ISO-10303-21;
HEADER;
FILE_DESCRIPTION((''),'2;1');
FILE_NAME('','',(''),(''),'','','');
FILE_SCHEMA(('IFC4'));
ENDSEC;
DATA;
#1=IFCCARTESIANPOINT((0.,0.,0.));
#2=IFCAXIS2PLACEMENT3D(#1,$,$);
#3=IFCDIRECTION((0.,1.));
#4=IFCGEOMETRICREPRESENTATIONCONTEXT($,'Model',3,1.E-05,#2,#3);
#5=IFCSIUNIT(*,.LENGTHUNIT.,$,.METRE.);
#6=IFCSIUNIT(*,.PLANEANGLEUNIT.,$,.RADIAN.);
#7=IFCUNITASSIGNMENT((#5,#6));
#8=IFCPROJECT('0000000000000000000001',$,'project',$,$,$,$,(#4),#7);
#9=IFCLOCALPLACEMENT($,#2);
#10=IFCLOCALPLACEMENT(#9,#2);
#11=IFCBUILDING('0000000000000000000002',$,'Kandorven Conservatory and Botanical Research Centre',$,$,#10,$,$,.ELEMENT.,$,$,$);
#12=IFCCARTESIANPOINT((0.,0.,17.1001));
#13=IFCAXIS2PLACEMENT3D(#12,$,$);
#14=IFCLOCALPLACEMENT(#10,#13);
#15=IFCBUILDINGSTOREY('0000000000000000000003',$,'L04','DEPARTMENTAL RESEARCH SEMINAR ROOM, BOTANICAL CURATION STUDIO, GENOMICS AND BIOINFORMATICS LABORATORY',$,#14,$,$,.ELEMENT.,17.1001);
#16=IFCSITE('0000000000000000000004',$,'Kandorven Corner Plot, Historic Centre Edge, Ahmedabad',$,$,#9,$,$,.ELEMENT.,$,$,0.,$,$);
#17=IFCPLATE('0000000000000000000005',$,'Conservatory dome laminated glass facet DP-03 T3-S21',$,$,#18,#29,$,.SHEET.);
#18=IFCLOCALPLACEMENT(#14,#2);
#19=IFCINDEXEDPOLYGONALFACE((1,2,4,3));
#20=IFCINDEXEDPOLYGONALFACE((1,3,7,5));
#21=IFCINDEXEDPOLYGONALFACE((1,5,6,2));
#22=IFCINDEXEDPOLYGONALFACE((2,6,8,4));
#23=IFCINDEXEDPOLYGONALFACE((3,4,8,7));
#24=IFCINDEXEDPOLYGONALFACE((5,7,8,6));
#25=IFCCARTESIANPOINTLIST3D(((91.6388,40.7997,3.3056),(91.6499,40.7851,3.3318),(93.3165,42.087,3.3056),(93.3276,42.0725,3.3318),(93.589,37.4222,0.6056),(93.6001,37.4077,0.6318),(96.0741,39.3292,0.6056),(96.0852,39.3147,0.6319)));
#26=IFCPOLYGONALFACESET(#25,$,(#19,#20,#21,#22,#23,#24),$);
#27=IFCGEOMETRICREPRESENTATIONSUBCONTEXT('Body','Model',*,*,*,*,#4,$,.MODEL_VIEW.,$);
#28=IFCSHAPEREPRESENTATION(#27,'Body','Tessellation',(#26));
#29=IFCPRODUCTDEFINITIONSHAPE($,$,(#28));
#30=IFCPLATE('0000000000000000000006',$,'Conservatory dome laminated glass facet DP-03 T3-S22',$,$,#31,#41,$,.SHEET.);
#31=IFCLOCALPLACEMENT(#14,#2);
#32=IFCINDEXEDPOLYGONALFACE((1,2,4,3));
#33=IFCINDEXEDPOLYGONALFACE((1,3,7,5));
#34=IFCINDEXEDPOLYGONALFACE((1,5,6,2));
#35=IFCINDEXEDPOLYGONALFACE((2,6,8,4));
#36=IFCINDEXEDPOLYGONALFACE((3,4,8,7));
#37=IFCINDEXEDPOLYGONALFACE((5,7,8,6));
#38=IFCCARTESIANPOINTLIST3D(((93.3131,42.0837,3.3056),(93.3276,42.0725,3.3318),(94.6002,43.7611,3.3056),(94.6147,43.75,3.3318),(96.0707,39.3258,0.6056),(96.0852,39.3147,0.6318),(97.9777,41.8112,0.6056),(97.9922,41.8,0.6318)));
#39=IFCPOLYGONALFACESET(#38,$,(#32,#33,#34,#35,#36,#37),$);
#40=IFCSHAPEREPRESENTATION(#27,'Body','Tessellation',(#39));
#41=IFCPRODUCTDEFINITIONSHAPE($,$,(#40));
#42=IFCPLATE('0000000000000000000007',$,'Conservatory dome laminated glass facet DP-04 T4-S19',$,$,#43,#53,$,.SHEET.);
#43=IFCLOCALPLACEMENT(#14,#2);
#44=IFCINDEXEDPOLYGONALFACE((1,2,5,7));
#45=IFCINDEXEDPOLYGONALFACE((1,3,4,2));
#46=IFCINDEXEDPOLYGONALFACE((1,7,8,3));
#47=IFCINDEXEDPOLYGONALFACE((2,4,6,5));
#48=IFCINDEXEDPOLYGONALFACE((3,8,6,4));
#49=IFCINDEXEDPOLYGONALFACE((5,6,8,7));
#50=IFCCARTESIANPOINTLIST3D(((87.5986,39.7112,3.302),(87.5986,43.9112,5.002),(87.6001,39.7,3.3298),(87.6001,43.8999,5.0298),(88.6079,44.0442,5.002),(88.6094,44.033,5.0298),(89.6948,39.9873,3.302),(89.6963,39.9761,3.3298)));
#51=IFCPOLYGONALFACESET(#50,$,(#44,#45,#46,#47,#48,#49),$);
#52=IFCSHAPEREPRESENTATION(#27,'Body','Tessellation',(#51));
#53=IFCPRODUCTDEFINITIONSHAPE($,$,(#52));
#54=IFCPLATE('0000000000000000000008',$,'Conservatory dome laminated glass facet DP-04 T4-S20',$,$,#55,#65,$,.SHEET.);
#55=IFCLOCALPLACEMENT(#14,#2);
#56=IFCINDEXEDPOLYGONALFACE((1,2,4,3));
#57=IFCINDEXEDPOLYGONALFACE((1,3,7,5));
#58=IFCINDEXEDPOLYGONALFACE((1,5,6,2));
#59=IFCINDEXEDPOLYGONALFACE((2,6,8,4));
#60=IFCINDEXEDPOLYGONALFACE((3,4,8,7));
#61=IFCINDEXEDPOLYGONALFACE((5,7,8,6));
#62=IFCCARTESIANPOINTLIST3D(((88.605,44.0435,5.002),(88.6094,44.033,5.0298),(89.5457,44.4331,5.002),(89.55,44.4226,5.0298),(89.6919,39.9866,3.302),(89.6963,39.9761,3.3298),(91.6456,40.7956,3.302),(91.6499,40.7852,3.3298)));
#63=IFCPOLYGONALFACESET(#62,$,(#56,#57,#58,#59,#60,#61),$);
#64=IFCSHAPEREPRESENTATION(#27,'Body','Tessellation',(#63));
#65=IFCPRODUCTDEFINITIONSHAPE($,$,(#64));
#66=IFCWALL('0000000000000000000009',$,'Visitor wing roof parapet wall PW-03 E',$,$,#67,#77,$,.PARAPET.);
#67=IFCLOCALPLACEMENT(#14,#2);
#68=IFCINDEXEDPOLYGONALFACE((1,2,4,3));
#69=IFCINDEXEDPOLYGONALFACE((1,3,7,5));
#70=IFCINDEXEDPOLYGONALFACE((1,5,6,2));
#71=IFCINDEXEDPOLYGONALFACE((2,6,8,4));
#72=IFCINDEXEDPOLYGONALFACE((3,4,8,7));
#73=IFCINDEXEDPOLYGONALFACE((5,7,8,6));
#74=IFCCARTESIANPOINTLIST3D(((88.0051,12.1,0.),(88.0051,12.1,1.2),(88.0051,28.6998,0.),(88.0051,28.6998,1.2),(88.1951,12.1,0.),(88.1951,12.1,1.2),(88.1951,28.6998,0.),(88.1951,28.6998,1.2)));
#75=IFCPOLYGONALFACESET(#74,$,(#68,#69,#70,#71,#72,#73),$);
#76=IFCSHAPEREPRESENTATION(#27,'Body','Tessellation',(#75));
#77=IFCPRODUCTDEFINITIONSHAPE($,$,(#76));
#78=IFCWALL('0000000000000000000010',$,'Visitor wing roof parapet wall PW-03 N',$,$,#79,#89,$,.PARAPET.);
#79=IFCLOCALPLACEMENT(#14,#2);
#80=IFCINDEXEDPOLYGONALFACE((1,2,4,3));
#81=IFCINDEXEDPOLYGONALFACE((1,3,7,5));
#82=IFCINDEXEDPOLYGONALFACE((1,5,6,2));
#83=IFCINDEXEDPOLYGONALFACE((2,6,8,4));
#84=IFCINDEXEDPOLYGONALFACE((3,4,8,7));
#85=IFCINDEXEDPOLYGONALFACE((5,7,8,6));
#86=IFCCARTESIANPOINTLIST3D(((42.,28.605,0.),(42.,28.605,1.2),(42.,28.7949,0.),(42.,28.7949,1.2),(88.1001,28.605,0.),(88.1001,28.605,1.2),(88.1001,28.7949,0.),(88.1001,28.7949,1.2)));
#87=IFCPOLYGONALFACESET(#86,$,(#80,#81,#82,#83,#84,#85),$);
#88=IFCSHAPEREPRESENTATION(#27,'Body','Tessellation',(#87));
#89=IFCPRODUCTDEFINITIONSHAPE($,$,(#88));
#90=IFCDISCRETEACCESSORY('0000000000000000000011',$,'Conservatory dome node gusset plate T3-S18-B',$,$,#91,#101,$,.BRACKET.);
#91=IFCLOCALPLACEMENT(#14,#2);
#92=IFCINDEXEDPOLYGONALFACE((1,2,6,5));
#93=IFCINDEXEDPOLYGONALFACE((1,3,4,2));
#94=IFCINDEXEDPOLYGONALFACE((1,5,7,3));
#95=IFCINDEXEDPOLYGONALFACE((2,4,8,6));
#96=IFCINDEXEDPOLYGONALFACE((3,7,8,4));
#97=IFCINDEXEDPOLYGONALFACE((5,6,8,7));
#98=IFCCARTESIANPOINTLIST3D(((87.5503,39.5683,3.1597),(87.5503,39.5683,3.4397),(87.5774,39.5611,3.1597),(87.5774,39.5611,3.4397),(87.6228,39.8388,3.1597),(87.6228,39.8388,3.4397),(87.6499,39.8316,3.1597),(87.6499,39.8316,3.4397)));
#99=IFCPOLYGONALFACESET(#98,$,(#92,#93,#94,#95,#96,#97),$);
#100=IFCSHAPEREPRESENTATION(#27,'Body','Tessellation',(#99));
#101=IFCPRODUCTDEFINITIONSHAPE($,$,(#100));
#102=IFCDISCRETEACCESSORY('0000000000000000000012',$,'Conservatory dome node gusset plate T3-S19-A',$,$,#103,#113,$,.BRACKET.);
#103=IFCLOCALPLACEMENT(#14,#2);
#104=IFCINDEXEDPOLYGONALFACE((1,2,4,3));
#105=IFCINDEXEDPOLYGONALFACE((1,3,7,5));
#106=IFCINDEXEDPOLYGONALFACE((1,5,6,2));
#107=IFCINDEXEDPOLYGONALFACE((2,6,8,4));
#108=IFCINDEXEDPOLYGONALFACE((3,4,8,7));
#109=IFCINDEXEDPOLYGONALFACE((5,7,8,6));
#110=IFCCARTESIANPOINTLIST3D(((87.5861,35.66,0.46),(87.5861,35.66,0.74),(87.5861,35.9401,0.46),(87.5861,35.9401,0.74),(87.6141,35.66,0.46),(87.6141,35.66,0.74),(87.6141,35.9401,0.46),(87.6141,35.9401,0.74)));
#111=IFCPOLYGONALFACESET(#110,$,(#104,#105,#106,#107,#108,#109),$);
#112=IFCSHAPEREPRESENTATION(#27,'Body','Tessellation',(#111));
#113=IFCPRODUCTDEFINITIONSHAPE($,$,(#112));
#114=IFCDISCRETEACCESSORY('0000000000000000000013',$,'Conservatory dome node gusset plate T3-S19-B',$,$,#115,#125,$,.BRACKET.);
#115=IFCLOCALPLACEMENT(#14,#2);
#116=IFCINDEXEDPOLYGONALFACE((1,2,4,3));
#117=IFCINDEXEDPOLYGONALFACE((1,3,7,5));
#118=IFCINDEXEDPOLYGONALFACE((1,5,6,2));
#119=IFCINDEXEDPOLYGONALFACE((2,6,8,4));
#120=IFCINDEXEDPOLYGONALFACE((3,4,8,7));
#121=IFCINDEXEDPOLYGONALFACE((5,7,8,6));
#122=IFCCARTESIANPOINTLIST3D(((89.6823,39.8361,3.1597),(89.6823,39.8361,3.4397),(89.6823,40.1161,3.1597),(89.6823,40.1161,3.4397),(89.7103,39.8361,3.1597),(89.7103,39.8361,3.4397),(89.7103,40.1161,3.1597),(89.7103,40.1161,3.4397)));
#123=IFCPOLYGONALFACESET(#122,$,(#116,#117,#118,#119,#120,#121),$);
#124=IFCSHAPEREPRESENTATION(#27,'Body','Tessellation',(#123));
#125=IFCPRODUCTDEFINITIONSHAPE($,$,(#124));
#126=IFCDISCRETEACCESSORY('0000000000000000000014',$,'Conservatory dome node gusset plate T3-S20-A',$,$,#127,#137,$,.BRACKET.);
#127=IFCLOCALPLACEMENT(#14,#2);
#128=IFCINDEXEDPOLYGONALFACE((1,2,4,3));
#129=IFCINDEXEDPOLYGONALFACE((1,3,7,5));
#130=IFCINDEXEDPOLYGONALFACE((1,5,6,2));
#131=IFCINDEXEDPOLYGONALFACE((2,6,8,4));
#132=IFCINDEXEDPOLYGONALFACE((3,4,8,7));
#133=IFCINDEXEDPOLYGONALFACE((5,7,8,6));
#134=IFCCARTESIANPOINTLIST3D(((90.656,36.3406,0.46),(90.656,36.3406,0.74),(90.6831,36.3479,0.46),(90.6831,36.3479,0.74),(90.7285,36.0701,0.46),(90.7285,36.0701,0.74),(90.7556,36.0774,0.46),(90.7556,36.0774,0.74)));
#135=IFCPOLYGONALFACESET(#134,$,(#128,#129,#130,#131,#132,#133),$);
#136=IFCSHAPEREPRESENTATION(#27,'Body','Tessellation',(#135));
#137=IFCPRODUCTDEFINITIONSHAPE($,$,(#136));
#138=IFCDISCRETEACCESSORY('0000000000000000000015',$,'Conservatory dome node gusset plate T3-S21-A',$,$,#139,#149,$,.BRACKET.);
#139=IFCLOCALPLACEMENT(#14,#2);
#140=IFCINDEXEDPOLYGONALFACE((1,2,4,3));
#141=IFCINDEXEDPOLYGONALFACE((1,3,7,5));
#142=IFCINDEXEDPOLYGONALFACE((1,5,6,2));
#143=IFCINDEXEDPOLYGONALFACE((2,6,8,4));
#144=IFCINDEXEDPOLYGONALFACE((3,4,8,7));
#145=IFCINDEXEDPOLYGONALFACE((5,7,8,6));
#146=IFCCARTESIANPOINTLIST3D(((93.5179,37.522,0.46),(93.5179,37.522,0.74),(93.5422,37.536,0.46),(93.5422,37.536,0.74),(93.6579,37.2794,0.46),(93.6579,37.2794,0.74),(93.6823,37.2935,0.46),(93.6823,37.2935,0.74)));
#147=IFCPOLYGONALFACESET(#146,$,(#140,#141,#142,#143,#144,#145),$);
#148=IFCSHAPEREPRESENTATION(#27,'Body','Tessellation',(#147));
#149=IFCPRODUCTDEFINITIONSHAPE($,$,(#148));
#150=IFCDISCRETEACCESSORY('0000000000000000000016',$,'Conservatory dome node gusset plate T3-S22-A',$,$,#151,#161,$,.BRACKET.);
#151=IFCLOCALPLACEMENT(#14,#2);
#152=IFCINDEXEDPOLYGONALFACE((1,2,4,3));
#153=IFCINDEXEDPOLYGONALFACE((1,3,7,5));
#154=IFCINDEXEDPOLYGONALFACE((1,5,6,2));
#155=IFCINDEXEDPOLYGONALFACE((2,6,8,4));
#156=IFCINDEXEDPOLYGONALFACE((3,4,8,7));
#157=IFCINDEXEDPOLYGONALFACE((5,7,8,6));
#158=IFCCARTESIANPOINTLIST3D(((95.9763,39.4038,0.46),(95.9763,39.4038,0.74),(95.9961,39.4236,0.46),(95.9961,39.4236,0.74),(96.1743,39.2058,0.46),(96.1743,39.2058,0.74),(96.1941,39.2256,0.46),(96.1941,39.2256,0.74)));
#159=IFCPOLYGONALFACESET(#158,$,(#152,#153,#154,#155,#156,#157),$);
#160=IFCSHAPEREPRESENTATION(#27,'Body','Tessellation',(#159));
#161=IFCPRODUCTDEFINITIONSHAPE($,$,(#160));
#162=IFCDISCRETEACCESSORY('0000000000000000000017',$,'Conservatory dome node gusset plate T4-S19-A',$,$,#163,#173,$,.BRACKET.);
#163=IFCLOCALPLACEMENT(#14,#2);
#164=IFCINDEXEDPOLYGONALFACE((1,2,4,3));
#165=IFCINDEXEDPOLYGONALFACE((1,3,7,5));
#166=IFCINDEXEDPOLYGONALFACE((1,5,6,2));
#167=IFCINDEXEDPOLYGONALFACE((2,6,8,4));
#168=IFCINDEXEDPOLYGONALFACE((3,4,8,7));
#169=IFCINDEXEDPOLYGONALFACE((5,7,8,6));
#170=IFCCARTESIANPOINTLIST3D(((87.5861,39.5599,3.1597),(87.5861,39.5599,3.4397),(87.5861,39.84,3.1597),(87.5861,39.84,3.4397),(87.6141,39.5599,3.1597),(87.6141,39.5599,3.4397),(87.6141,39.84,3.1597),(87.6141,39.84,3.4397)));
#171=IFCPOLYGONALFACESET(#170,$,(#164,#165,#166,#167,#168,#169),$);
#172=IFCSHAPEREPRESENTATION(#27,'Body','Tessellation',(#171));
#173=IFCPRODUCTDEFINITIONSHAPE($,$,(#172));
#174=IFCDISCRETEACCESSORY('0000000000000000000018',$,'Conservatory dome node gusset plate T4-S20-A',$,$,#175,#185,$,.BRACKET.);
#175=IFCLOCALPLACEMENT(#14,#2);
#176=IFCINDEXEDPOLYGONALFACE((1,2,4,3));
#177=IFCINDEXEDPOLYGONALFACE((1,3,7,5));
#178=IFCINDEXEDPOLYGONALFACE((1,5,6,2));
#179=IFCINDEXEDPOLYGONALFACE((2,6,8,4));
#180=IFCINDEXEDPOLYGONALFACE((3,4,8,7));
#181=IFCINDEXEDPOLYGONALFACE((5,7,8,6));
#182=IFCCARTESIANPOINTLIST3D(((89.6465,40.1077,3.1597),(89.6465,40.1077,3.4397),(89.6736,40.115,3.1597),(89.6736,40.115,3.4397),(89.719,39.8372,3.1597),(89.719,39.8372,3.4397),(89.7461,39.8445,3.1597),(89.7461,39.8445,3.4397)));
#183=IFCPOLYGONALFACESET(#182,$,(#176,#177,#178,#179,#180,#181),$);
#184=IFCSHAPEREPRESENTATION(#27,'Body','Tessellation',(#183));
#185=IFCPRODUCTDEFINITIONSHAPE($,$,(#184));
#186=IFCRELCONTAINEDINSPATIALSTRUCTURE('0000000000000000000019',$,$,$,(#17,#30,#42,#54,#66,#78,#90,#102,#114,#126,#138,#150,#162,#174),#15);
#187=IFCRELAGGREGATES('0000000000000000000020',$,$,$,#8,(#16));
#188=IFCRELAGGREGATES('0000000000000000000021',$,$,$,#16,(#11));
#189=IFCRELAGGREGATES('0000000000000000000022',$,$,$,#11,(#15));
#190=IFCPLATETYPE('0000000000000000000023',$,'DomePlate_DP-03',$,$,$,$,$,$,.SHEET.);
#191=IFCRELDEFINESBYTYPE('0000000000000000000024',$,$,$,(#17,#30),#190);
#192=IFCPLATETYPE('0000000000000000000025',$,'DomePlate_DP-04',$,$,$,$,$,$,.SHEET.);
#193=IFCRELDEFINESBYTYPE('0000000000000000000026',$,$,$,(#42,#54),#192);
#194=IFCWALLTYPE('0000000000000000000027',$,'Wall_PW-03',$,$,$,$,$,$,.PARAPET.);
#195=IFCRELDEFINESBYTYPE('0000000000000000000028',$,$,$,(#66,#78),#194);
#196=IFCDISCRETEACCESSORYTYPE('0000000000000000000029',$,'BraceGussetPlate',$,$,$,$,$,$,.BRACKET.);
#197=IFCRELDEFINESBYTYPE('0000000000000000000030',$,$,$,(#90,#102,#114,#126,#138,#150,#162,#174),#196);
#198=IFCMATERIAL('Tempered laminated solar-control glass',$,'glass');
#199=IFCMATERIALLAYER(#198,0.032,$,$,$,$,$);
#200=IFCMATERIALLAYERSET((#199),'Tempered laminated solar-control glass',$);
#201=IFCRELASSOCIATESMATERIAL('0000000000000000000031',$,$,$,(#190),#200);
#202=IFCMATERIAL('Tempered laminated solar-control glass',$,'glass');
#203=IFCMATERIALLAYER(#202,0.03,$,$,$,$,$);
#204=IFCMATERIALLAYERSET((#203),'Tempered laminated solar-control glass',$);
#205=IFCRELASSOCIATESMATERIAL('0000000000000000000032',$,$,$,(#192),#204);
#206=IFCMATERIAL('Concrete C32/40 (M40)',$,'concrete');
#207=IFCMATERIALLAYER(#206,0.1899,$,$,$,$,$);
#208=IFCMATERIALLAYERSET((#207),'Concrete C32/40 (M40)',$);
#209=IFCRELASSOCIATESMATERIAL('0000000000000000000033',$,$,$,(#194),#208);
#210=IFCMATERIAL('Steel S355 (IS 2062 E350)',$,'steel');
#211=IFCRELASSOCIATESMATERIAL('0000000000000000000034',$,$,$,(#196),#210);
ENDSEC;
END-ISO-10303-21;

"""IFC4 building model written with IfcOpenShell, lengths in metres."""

from ifc_helpers import new_model, si_unit, direction, frame, frame_2d, origin, origin_2d, place, context, subcontext, project, spatial, polyline, rectangle, outline, extrude, material, layer, layer_set, type_object, element, save


model = new_model("IFC4")

# Units and contexts
model_context = context("Model", 3, precision=1e-05, world=origin(), true_north=direction((0.0, 1.0)))
body_context = subcontext(model_context, "Body", "Model", "MODEL_VIEW")
ifc_project = project(units=[si_unit("LENGTHUNIT", "METRE"), si_unit("PLANEANGLEUNIT", "RADIAN")], contexts=[model_context])

# Site, building, storey
site_placement = place(None, origin())
site = spatial("IfcSite", under=ifc_project, at=site_placement, Name="Kandorven Corner Plot, Historic Centre Edge, Ahmedabad", CompositionType="ELEMENT", RefElevation=0.0)
building_placement = place(site_placement, origin())
building = spatial("IfcBuilding", under=site, at=building_placement, Name="Kandorven Conservatory and Botanical Research Centre", CompositionType="ELEMENT")
storey_placement = place(building_placement, frame((0.0, 0.0, 17.1001)))
storey = spatial("IfcBuildingStorey", under=building, at=storey_placement, Name="L04", Description="DEPARTMENTAL RESEARCH SEMINAR ROOM, BOTANICAL CURATION STUDIO, GENOMICS AND BIOINFORMATICS LABORATORY", CompositionType="ELEMENT", Elevation=17.1001)

# Plates
ifc_material_1 = material(Name="Tempered laminated solar-control glass", Category="glass")
ifc_layer_1 = layer(ifc_material_1, 0.032)
ifc_layer_set_1 = layer_set([ifc_layer_1], Name="Tempered laminated solar-control glass")
plate_type_1 = type_object("IfcPlateType", Name="DomePlate_DP-03", PredefinedType="SHEET", material=ifc_layer_set_1)
plate_1_placement = place(storey_placement, frame((93.6001, 37.4077, 0.6318), z_axis=(0.348525, -0.454196, 0.8199), x_axis=(0.793341, 0.608777, 0.000006)))
element("IfcPlate", 1, at=plate_1_placement, inside=storey, type_object=plate_type_1, Name="Conservatory dome laminated glass facet DP-03 T3-S21", PredefinedType="SHEET", context=body_context, shape_type="SweptSolid", body=[
    extrude(outline(polyline([(0.0, 0.0), (3.1325, 0.0), (2.6237, 4.716), (0.509, 4.716), (0.0, 0.0)])), origin(), (0.0, 0.0, -1.0), 0.032),
])
plate_2_placement = place(storey_placement, frame((96.0852, 39.3147, 0.6318), z_axis=(0.454216, -0.348514, 0.819893), x_axis=(0.608742, 0.793368, -0.000001)))
element("IfcPlate", 2, at=plate_2_placement, inside=storey, type_object=plate_type_1, Name="Conservatory dome laminated glass facet DP-03 T3-S22", PredefinedType="SHEET", context=body_context, shape_type="SweptSolid", body=[
    extrude(outline(polyline([(0.0, 0.0), (3.1327, 0.0), (2.6237, 4.7159), (0.5093, 4.7159), (0.0, 0.0)])), origin(), (0.0, 0.0, -1.0), 0.032),
])
ifc_material_2 = material(Name="Tempered laminated solar-control glass", Category="glass")
ifc_layer_2 = layer(ifc_material_2, 0.03)
ifc_layer_set_2 = layer_set([ifc_layer_2], Name="Tempered laminated solar-control glass")
plate_type_2 = type_object("IfcPlateType", Name="DomePlate_DP-04", PredefinedType="SHEET", material=ifc_layer_set_2)
plate_3_placement = place(storey_placement, frame((87.6001, 39.7, 3.3298), z_axis=(0.049374, -0.374724, 0.925821), x_axis=(0.991435, 0.130603, -0.000012)))
element("IfcPlate", 3, at=plate_3_placement, inside=storey, type_object=plate_type_2, Name="Conservatory dome laminated glass facet DP-04 T4-S19", PredefinedType="SHEET", context=body_context, shape_type="SweptSolid", body=[
    extrude(outline(polyline([(0.0, 0.0), (2.1143, 0.0), (1.5665, 4.4977), (0.5485, 4.4976), (0.0, 0.0)])), origin(), (0.0, 0.0, -1.0), 0.03),
])
plate_4_placement = place(storey_placement, frame((89.6963, 39.9761, 3.3298), z_axis=(0.144626, -0.349194, 0.925822), x_axis=(0.9239, 0.382633, -0.000007)))
element("IfcPlate", 4, at=plate_4_placement, inside=storey, type_object=plate_type_2, Name="Conservatory dome laminated glass facet DP-04 T4-S20", PredefinedType="SHEET", context=body_context, shape_type="SweptSolid", body=[
    extrude(outline(polyline([(0.0, 0.0), (2.1145, 0.0), (1.5663, 4.4977), (0.5481, 4.4977), (0.0, 0.0)])), origin(), (0.0, 0.0, -1.0), 0.03),
])

# Walls
ifc_material_3 = material(Name="Concrete C32/40 (M40)", Category="concrete")
ifc_layer_3 = layer(ifc_material_3, 0.1899)
ifc_layer_set_3 = layer_set([ifc_layer_3], Name="Concrete C32/40 (M40)")
wall_type = type_object("IfcWallType", Name="Wall_PW-03", PredefinedType="PARAPET", material=ifc_layer_set_3)
wall_1_placement = place(storey_placement, frame((88.1001, 12.1001, 0.0), z_axis=(0.0, 0.0, 1.0), x_axis=(0.0, 1.0, 0.0)))
element("IfcWall", 5, at=wall_1_placement, inside=storey, type_object=wall_type, Name="Visitor wing roof parapet wall PW-03 E", PredefinedType="PARAPET", context=body_context, shape_type="SweptSolid", body=[
    extrude(rectangle(XDim=16.5999, YDim=0.1899, at=frame_2d((8.2998, 0.0))), origin(), (0.0, 0.0, 1.0), 1.2),
])
wall_2_placement = place(storey_placement, frame((88.1001, 28.7, 0.0), z_axis=(0.0, 0.0, 1.0), x_axis=(-1.0, 0.0, 0.0)))
element("IfcWall", 6, at=wall_2_placement, inside=storey, type_object=wall_type, Name="Visitor wing roof parapet wall PW-03 N", PredefinedType="PARAPET", context=body_context, shape_type="SweptSolid", body=[
    extrude(rectangle(XDim=46.1001, YDim=0.1899, at=frame_2d((23.05, 0.0))), origin(), (0.0, 0.0, 1.0), 1.2),
])

# Discrete accessories
ifc_material_4 = material(Name="Steel S355 (IS 2062 E350)", Category="steel")
discrete_accessory_type = type_object("IfcDiscreteAccessoryType", Name="BraceGussetPlate", PredefinedType="BRACKET", material=ifc_material_4)
for number, where, z_axis, x_axis, name in (
    (7, (87.6001, 39.7, 3.1597), (0.0, 0.0, 1.0), (-0.258819, -0.965926, 0.0), "Conservatory dome node gusset plate T3-S18-B"),
    (8, (87.6001, 35.8, 0.46), (0.0, 0.0, 1.0), (0.0, -1.0, 0.0), "Conservatory dome node gusset plate T3-S19-A"),
    (9, (89.6963, 39.9761, 3.1597), (0.0, 0.0, 1.0), (0.0, -1.0, 0.0), "Conservatory dome node gusset plate T3-S19-B"),
    (10, (90.7058, 36.209, 0.46), (0.0, 0.0, 1.0), (0.258819, -0.965926, 0.0), "Conservatory dome node gusset plate T3-S20-A"),
    (11, (93.6001, 37.4077, 0.46), (0.0, 0.0, 1.0), (0.5, -0.866025, 0.0), "Conservatory dome node gusset plate T3-S21-A"),
    (12, (96.0852, 39.3147, 0.46), (0.0, 0.0, 1.0), (0.707107, -0.707107, 0.0), "Conservatory dome node gusset plate T3-S22-A"),
    (13, (87.6001, 39.7, 3.1597), (0.0, 0.0, 1.0), (0.0, -1.0, 0.0), "Conservatory dome node gusset plate T4-S19-A"),
    (14, (89.6963, 39.9761, 3.1597), (0.0, 0.0, 1.0), (0.258819, -0.965926, 0.0), "Conservatory dome node gusset plate T4-S20-A"),
):
    element("IfcDiscreteAccessory", number, at=place(storey_placement, frame(where, z_axis=z_axis, x_axis=x_axis)), inside=storey, type_object=discrete_accessory_type, Name=name, PredefinedType="BRACKET", context=body_context, shape_type="SweptSolid", body=[
        extrude(rectangle(XDim=0.28, YDim=0.0281, at=origin_2d()), origin(), (0.0, 0.0, 1.0), 0.28),
    ])

save(model, "model.ifc")
